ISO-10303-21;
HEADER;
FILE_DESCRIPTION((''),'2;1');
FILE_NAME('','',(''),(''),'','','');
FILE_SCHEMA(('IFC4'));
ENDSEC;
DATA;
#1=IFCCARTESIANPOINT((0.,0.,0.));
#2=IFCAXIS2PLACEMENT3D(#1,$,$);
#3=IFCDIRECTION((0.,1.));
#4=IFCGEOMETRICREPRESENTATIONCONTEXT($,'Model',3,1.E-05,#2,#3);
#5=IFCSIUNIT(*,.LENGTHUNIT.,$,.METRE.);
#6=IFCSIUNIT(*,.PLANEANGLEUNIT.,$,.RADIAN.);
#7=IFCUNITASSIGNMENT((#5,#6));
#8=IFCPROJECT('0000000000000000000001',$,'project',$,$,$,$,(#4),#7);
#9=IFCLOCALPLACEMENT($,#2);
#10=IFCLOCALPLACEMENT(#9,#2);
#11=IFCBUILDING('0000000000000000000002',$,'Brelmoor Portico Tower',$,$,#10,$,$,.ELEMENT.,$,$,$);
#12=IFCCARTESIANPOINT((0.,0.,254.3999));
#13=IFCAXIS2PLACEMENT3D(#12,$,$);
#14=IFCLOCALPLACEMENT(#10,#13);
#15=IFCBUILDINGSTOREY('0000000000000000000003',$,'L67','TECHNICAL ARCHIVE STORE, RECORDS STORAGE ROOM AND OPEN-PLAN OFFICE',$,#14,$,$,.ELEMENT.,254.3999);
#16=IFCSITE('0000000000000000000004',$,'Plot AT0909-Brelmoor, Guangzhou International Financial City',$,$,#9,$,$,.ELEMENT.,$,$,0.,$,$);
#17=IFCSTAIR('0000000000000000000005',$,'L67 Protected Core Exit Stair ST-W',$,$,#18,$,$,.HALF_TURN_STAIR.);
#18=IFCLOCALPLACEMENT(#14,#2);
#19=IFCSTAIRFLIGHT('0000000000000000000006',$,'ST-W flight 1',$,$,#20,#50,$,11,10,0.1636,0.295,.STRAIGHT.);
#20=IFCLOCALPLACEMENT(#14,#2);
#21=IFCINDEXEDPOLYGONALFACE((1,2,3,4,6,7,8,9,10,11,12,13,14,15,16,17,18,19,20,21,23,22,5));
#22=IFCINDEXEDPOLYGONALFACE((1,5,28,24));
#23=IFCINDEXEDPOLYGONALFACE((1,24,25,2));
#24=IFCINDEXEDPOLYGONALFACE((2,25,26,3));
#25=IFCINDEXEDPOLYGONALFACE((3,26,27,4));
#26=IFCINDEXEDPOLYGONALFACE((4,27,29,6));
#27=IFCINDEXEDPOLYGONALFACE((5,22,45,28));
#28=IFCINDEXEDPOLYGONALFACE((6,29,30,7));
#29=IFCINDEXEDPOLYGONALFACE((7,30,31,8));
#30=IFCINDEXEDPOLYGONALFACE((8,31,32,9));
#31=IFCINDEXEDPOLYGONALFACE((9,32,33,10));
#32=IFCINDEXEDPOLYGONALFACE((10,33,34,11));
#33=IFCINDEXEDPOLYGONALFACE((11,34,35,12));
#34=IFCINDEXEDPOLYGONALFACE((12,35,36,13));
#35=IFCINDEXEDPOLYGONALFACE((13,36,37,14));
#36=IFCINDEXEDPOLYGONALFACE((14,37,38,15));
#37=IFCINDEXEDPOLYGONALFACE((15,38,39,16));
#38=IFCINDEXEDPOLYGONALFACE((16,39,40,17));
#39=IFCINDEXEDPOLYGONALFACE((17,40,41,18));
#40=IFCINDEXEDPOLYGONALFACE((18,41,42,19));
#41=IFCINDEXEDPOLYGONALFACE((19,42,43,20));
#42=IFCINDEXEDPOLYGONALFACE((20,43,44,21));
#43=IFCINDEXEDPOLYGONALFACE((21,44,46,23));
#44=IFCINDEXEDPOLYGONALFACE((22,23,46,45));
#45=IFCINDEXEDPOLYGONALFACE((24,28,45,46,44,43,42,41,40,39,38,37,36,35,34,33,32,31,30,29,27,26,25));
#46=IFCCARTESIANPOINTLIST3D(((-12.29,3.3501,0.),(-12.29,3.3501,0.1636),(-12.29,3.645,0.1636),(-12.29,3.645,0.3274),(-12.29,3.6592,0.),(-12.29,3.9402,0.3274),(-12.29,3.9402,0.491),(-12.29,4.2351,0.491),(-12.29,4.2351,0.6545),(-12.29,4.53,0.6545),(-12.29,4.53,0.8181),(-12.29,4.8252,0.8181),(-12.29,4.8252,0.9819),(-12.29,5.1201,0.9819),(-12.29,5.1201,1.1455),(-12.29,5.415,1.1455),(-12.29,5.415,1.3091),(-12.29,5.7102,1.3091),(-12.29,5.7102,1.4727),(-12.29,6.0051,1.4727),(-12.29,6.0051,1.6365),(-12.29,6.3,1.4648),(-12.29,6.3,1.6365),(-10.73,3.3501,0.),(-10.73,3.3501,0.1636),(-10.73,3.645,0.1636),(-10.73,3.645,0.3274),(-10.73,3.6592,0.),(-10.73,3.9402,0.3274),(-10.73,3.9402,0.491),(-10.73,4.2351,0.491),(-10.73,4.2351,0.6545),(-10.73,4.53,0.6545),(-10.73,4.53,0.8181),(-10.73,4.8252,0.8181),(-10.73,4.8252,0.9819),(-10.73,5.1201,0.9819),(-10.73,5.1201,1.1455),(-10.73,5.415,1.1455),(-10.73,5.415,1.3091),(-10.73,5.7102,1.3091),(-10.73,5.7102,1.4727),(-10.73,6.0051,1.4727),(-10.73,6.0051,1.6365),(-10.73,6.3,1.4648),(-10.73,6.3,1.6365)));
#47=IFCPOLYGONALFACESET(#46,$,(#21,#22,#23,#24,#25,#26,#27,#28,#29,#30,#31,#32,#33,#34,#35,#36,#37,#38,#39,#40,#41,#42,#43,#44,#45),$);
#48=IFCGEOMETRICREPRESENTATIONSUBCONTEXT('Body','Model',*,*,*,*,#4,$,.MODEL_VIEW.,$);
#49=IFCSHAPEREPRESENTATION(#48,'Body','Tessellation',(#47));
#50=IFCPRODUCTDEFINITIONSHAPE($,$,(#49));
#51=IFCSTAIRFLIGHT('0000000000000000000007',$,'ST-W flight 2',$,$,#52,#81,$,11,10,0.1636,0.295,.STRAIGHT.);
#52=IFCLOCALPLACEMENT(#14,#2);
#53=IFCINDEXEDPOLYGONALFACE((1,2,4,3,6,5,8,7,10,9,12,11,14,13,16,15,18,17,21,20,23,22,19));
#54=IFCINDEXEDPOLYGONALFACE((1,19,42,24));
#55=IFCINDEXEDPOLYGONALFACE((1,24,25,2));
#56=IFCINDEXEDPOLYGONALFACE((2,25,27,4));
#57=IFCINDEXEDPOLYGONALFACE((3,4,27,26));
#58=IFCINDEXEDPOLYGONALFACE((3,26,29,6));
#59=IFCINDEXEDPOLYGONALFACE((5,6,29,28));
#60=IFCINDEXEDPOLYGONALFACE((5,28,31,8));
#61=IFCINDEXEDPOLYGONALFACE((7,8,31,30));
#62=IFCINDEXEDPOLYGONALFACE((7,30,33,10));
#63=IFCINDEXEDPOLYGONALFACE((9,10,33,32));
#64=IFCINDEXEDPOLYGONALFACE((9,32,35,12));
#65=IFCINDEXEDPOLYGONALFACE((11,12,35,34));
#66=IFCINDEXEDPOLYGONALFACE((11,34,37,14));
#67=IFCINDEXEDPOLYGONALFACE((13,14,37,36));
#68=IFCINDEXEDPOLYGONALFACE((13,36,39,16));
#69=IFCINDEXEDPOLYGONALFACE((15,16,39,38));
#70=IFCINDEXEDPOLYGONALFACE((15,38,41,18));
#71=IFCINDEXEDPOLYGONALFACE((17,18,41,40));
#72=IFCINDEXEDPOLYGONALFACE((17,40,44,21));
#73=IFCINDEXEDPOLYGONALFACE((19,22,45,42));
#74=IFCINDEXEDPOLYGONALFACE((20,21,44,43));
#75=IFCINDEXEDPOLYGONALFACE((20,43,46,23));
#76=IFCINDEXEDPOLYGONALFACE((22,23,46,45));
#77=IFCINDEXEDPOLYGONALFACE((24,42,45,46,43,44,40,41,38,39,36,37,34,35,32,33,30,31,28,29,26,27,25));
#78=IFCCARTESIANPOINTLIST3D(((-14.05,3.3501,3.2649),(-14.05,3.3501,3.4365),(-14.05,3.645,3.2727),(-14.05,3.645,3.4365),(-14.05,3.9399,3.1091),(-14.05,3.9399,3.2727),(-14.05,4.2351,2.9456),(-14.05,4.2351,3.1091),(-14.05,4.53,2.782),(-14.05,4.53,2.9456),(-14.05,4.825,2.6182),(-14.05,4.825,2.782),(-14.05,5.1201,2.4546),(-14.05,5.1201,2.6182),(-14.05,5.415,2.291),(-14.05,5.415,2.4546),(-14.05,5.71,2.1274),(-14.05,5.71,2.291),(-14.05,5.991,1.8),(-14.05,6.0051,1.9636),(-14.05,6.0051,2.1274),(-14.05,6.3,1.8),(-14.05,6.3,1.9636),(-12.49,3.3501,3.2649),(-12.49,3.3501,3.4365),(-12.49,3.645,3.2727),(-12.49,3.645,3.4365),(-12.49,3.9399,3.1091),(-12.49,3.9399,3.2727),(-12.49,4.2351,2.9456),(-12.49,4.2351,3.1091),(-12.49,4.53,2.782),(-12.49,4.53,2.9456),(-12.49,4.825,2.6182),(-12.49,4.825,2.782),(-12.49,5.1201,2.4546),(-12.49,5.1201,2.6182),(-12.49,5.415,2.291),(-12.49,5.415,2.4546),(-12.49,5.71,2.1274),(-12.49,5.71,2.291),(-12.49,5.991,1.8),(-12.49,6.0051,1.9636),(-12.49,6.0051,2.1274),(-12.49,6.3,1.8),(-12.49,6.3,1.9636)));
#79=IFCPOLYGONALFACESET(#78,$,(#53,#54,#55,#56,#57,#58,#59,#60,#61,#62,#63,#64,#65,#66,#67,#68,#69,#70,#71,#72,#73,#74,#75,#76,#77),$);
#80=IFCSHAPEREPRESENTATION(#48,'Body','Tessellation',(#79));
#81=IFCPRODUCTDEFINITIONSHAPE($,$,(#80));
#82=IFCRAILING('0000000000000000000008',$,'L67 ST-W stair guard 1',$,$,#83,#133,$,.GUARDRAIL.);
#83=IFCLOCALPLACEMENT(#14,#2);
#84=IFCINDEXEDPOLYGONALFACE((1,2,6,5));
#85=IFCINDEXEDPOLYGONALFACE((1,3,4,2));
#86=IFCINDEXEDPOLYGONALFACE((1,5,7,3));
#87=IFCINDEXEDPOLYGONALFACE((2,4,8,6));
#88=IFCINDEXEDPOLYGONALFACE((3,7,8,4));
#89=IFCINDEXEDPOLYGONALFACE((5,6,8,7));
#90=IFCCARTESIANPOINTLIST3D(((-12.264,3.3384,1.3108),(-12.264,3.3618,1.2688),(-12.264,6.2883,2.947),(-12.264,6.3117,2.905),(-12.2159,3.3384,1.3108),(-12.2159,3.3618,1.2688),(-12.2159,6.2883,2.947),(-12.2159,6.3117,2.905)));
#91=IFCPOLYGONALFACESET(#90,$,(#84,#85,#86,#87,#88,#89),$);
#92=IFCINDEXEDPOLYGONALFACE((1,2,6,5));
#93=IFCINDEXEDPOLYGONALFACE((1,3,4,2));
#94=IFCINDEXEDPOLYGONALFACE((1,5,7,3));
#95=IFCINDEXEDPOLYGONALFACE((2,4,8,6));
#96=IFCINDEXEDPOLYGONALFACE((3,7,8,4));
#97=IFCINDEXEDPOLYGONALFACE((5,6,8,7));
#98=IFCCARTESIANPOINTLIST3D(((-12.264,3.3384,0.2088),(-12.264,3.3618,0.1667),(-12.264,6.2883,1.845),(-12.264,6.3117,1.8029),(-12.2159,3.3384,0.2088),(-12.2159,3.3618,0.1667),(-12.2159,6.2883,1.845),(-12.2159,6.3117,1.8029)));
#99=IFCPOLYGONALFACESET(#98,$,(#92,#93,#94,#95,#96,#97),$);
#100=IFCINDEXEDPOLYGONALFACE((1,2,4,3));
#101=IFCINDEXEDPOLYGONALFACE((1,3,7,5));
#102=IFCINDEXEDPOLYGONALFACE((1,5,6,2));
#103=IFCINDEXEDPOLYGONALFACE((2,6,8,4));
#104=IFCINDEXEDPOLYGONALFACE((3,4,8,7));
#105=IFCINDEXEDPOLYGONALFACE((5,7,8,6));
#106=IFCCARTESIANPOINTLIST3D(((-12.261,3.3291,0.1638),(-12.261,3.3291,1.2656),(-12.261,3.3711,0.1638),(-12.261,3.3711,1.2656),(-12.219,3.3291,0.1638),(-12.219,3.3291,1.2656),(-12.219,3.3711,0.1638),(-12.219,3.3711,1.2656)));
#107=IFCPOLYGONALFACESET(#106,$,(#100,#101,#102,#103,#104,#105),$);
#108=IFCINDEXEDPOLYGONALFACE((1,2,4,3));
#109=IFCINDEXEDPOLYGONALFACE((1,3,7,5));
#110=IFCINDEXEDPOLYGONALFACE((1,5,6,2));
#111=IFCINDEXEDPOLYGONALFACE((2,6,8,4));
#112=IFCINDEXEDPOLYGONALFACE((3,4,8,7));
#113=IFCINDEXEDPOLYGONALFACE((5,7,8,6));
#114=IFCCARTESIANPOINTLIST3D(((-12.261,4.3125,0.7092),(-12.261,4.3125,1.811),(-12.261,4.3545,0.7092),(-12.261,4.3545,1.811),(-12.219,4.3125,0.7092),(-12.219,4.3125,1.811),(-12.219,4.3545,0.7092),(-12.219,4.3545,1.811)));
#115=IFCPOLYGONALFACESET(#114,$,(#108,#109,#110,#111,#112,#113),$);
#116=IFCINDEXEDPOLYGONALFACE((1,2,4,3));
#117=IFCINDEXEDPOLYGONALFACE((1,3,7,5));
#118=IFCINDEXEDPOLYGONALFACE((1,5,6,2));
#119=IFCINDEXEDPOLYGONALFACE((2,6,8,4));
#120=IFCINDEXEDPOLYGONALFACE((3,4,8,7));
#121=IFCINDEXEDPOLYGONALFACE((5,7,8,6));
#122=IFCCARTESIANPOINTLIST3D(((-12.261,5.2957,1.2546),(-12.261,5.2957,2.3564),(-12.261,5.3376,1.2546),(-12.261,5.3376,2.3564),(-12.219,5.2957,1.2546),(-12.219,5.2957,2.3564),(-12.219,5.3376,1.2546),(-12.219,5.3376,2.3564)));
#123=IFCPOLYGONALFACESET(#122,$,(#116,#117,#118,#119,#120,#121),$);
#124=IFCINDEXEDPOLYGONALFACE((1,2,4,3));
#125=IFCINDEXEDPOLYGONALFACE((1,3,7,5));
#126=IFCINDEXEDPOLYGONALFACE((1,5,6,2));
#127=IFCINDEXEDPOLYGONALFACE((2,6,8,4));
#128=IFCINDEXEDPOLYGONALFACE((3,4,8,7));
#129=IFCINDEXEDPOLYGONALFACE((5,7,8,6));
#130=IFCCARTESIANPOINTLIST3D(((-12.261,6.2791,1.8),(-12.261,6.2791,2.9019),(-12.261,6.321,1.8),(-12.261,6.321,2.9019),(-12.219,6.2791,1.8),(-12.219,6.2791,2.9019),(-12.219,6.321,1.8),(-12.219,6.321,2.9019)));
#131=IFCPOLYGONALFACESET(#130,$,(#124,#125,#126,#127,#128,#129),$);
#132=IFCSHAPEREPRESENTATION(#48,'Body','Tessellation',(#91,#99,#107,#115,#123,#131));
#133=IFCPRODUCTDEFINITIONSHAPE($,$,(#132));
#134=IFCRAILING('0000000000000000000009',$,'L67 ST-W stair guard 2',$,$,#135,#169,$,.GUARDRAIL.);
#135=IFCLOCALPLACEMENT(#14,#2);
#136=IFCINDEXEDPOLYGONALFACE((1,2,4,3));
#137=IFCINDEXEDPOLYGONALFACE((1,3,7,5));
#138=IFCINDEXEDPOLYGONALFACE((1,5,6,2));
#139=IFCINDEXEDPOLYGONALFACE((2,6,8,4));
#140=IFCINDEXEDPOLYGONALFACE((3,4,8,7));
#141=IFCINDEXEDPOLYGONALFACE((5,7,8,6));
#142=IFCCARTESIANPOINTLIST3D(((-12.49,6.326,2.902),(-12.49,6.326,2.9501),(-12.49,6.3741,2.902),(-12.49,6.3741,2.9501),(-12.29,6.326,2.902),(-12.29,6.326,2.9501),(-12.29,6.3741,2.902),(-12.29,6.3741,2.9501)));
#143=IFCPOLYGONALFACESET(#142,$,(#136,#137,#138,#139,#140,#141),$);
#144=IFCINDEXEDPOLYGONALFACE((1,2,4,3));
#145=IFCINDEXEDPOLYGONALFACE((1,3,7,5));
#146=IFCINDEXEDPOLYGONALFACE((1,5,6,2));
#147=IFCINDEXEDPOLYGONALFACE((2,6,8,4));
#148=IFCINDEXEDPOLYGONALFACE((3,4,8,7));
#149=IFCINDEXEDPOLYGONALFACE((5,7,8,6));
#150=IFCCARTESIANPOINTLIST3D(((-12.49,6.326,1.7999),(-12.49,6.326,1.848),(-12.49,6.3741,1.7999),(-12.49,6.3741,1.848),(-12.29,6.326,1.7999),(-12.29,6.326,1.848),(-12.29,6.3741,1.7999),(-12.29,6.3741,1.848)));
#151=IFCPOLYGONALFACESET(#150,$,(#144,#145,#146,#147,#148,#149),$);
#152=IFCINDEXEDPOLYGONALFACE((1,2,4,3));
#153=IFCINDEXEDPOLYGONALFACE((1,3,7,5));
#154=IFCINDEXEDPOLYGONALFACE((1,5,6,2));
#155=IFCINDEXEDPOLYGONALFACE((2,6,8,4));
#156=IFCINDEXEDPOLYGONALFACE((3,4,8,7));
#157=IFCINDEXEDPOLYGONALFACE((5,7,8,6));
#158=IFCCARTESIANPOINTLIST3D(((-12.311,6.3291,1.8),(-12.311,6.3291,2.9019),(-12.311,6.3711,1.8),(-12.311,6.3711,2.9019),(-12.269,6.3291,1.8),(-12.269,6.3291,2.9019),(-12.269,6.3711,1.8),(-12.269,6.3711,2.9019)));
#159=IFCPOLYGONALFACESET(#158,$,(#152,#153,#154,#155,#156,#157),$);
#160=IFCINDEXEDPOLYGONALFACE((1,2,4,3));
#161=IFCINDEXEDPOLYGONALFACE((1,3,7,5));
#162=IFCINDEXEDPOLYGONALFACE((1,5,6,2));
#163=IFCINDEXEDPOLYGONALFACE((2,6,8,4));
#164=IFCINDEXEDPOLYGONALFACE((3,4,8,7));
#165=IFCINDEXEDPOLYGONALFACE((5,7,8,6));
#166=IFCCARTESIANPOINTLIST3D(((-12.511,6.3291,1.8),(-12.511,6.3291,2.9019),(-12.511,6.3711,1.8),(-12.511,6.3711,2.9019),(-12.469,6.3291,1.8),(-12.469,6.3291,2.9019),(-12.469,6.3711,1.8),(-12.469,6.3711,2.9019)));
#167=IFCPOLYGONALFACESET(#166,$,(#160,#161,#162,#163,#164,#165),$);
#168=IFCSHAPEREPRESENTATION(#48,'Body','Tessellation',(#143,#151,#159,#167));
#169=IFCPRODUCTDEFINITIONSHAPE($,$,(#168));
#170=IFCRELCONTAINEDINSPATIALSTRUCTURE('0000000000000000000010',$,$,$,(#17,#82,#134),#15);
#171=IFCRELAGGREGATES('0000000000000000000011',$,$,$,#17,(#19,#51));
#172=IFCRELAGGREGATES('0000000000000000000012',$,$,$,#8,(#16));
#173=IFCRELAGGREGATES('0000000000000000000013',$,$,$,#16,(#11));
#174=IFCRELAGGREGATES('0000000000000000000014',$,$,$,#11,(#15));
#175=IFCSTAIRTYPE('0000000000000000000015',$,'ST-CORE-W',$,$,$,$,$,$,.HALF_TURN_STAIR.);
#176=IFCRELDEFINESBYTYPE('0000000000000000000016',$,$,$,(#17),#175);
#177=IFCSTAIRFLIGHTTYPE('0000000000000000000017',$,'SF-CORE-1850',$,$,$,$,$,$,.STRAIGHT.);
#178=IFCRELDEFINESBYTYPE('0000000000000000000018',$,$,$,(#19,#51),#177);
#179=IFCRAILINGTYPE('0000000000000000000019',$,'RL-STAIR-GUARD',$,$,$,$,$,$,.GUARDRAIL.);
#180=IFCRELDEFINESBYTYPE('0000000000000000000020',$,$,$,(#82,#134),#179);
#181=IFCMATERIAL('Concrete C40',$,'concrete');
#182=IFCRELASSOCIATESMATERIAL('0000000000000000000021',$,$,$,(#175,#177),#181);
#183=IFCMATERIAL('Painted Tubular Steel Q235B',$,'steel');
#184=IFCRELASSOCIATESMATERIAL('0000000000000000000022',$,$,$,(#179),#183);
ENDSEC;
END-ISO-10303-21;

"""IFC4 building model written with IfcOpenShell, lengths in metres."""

from ifc_helpers import new_model, si_unit, direction, frame, origin, origin_2d, place, context, subcontext, project, spatial, polyline, rectangle, outline, extrude, material, type_object, element, aggregate, save


model = new_model("IFC4")

# Units and contexts
model_context = context("Model", 3, precision=1e-05, world=origin(), true_north=direction((0.0, 1.0)))
body_context = subcontext(model_context, "Body", "Model", "MODEL_VIEW")
ifc_project = project(units=[si_unit("LENGTHUNIT", "METRE"), si_unit("PLANEANGLEUNIT", "RADIAN")], contexts=[model_context])

# Site, building, storey
site_placement = place(None, origin())
site = spatial("IfcSite", under=ifc_project, at=site_placement, Name="Plot AT0909-Brelmoor, Guangzhou International Financial City", CompositionType="ELEMENT", RefElevation=0.0)
building_placement = place(site_placement, origin())
building = spatial("IfcBuilding", under=site, at=building_placement, Name="Brelmoor Portico Tower", CompositionType="ELEMENT")
storey_placement = place(building_placement, frame((0.0, 0.0, 254.3999)))
storey = spatial("IfcBuildingStorey", under=building, at=storey_placement, Name="L67", Description="TECHNICAL ARCHIVE STORE, RECORDS STORAGE ROOM AND OPEN-PLAN OFFICE", CompositionType="ELEMENT", Elevation=254.3999)

# Shared definitions
ifc_material_1 = material(Name="Concrete C40", Category="concrete")

# Stair, stair flights
stair_type = type_object("IfcStairType", Name="ST-CORE-W", PredefinedType="HALF_TURN_STAIR", material=ifc_material_1)
stair_placement = place(storey_placement, origin())
stair = element("IfcStair", 1, at=stair_placement, inside=storey, type_object=stair_type, Name="L67 Protected Core Exit Stair ST-W", PredefinedType="HALF_TURN_STAIR")
stair_flight_type = type_object("IfcStairFlightType", Name="SF-CORE-1850", PredefinedType="STRAIGHT", material=ifc_material_1)
stair_flight_1_placement = place(storey_placement, frame((-11.51, 3.3501, 0.0), z_axis=(0.0, 0.0, 1.0), x_axis=(0.0, 1.0, 0.0)))
stair_flight_1 = element("IfcStairFlight", 2, at=stair_flight_1_placement, type_object=stair_flight_type, Name="ST-W flight 1", NumberOfRisers=11, NumberOfTreads=10, PredefinedType="STRAIGHT", RiserHeight=0.1636, TreadLength=0.295, context=body_context, shape_type="SweptSolid", body=[
    extrude(outline(polyline([(0.0, 0.0), (0.0, 0.1636), (0.2949, 0.1636), (0.2949, 0.3274), (0.5901, 0.3274), (0.5901, 0.491), (0.885, 0.491), (0.885, 0.6545), (1.1799, 0.6545), (1.1799, 0.8181), (1.4751, 0.8181), (1.4751, 0.9819), (1.77, 0.9819), (1.77, 1.1455), (2.0649, 1.1455), (2.0649, 1.3091), (2.3601, 1.3091), (2.3601, 1.4727), (2.655, 1.4727), (2.655, 1.6365), (2.95, 1.6365), (2.95, 1.8), (2.95, 1.4648), (0.3091, 0.0), (0.0, 0.0)])), frame((0.0, 0.78, 0.0), z_axis=(0.0, -1.0, 0.0), x_axis=(1.0, 0.0, 0.0)), (0.0, 0.0, 1.0), 1.5601),
])
stair_flight_2_placement = place(storey_placement, frame((-13.27, 6.3, 1.8), z_axis=(0.0, 0.0, 1.0), x_axis=(0.0, -1.0, 0.0)))
stair_flight_2 = element("IfcStairFlight", 3, at=stair_flight_2_placement, type_object=stair_flight_type, Name="ST-W flight 2", NumberOfRisers=11, NumberOfTreads=10, PredefinedType="STRAIGHT", RiserHeight=0.1636, TreadLength=0.295, context=body_context, shape_type="SweptSolid", body=[
    extrude(outline(polyline([(0.0, 0.0), (0.0, 0.1636), (0.2949, 0.1636), (0.2949, 0.3274), (0.5901, 0.3274), (0.5901, 0.491), (0.885, 0.491), (0.885, 0.6545), (1.1799, 0.6545), (1.1799, 0.8181), (1.4751, 0.8181), (1.4751, 0.9819), (1.77, 0.9819), (1.77, 1.1455), (2.0649, 1.1455), (2.0649, 1.3091), (2.3601, 1.3091), (2.3601, 1.4727), (2.655, 1.4727), (2.655, 1.6365), (2.95, 1.6365), (2.95, 1.8), (2.95, 1.4648), (0.3091, 0.0), (0.0, 0.0)])), frame((0.0, 0.78, 0.0), z_axis=(0.0, -1.0, 0.0), x_axis=(1.0, 0.0, 0.0)), (0.0, 0.0, 1.0), 1.5601),
])
aggregate(stair, [stair_flight_1, stair_flight_2])

# Railings
ifc_material_2 = material(Name="Painted Tubular Steel Q235B", Category="steel")
railing_type_1 = type_object("IfcRailingType", Name="RL-STAIR-GUARD", PredefinedType="GUARDRAIL", material=ifc_material_2)
railing_1_placement = place(storey_placement, frame((-12.24, 3.3501, 0.1638)))
element("IfcRailing", 4, at=railing_1_placement, inside=storey, type_object=railing_type_1, Name="L67 ST-W stair guard 1", PredefinedType="GUARDRAIL", context=body_context, shape_type="SweptSolid", body=[
    extrude(rectangle(XDim=0.0481, YDim=0.0481, at=origin_2d()), frame((0.0, 0.0, 1.126), z_axis=(0.0, 0.874488, 0.485047), x_axis=(-1.0, 0.0, 0.0)), (0.0, 0.0, 1.0), 3.3733),
    extrude(rectangle(XDim=0.0481, YDim=0.0481, at=origin_2d()), frame((0.0, 0.0, 0.0239), z_axis=(0.0, 0.874488, 0.485047), x_axis=(-1.0, 0.0, 0.0)), (0.0, 0.0, 1.0), 3.3733),
    extrude(rectangle(XDim=0.042, YDim=0.042, at=origin_2d()), origin(), (0.0, 0.0, 1.0), 1.1018),
    extrude(rectangle(XDim=0.042, YDim=0.042, at=origin_2d()), frame((0.0, 0.9834, 0.5454)), (0.0, 0.0, 1.0), 1.1018),
    extrude(rectangle(XDim=0.042, YDim=0.042, at=origin_2d()), frame((0.0, 1.9666, 1.0908)), (0.0, 0.0, 1.0), 1.1018),
    extrude(rectangle(XDim=0.042, YDim=0.042, at=origin_2d()), frame((0.0, 2.95, 1.6362)), (0.0, 0.0, 1.0), 1.1018),
])
railing_2_placement = place(storey_placement, frame((-12.29, 6.3501, 1.8)))
element("IfcRailing", 5, at=railing_2_placement, inside=storey, type_object=railing_type_1, Name="L67 ST-W stair guard 2", PredefinedType="GUARDRAIL", context=body_context, shape_type="SweptSolid", body=[
    extrude(rectangle(XDim=0.0481, YDim=0.0481, at=origin_2d()), frame((0.0, 0.0, 1.126), z_axis=(-1.0, 0.0, 0.0), x_axis=(0.0, -1.0, 0.0)), (0.0, 0.0, 1.0), 0.2),
    extrude(rectangle(XDim=0.0481, YDim=0.0481, at=origin_2d()), frame((0.0, 0.0, 0.0239), z_axis=(-1.0, 0.0, 0.0), x_axis=(0.0, -1.0, 0.0)), (0.0, 0.0, 1.0), 0.2),
    extrude(rectangle(XDim=0.042, YDim=0.042, at=origin_2d()), origin(), (0.0, 0.0, 1.0), 1.1018),
    extrude(rectangle(XDim=0.042, YDim=0.042, at=origin_2d()), frame((-0.2, 0.0, 0.0)), (0.0, 0.0, 1.0), 1.1018),
])

save(model, "model.ifc")
